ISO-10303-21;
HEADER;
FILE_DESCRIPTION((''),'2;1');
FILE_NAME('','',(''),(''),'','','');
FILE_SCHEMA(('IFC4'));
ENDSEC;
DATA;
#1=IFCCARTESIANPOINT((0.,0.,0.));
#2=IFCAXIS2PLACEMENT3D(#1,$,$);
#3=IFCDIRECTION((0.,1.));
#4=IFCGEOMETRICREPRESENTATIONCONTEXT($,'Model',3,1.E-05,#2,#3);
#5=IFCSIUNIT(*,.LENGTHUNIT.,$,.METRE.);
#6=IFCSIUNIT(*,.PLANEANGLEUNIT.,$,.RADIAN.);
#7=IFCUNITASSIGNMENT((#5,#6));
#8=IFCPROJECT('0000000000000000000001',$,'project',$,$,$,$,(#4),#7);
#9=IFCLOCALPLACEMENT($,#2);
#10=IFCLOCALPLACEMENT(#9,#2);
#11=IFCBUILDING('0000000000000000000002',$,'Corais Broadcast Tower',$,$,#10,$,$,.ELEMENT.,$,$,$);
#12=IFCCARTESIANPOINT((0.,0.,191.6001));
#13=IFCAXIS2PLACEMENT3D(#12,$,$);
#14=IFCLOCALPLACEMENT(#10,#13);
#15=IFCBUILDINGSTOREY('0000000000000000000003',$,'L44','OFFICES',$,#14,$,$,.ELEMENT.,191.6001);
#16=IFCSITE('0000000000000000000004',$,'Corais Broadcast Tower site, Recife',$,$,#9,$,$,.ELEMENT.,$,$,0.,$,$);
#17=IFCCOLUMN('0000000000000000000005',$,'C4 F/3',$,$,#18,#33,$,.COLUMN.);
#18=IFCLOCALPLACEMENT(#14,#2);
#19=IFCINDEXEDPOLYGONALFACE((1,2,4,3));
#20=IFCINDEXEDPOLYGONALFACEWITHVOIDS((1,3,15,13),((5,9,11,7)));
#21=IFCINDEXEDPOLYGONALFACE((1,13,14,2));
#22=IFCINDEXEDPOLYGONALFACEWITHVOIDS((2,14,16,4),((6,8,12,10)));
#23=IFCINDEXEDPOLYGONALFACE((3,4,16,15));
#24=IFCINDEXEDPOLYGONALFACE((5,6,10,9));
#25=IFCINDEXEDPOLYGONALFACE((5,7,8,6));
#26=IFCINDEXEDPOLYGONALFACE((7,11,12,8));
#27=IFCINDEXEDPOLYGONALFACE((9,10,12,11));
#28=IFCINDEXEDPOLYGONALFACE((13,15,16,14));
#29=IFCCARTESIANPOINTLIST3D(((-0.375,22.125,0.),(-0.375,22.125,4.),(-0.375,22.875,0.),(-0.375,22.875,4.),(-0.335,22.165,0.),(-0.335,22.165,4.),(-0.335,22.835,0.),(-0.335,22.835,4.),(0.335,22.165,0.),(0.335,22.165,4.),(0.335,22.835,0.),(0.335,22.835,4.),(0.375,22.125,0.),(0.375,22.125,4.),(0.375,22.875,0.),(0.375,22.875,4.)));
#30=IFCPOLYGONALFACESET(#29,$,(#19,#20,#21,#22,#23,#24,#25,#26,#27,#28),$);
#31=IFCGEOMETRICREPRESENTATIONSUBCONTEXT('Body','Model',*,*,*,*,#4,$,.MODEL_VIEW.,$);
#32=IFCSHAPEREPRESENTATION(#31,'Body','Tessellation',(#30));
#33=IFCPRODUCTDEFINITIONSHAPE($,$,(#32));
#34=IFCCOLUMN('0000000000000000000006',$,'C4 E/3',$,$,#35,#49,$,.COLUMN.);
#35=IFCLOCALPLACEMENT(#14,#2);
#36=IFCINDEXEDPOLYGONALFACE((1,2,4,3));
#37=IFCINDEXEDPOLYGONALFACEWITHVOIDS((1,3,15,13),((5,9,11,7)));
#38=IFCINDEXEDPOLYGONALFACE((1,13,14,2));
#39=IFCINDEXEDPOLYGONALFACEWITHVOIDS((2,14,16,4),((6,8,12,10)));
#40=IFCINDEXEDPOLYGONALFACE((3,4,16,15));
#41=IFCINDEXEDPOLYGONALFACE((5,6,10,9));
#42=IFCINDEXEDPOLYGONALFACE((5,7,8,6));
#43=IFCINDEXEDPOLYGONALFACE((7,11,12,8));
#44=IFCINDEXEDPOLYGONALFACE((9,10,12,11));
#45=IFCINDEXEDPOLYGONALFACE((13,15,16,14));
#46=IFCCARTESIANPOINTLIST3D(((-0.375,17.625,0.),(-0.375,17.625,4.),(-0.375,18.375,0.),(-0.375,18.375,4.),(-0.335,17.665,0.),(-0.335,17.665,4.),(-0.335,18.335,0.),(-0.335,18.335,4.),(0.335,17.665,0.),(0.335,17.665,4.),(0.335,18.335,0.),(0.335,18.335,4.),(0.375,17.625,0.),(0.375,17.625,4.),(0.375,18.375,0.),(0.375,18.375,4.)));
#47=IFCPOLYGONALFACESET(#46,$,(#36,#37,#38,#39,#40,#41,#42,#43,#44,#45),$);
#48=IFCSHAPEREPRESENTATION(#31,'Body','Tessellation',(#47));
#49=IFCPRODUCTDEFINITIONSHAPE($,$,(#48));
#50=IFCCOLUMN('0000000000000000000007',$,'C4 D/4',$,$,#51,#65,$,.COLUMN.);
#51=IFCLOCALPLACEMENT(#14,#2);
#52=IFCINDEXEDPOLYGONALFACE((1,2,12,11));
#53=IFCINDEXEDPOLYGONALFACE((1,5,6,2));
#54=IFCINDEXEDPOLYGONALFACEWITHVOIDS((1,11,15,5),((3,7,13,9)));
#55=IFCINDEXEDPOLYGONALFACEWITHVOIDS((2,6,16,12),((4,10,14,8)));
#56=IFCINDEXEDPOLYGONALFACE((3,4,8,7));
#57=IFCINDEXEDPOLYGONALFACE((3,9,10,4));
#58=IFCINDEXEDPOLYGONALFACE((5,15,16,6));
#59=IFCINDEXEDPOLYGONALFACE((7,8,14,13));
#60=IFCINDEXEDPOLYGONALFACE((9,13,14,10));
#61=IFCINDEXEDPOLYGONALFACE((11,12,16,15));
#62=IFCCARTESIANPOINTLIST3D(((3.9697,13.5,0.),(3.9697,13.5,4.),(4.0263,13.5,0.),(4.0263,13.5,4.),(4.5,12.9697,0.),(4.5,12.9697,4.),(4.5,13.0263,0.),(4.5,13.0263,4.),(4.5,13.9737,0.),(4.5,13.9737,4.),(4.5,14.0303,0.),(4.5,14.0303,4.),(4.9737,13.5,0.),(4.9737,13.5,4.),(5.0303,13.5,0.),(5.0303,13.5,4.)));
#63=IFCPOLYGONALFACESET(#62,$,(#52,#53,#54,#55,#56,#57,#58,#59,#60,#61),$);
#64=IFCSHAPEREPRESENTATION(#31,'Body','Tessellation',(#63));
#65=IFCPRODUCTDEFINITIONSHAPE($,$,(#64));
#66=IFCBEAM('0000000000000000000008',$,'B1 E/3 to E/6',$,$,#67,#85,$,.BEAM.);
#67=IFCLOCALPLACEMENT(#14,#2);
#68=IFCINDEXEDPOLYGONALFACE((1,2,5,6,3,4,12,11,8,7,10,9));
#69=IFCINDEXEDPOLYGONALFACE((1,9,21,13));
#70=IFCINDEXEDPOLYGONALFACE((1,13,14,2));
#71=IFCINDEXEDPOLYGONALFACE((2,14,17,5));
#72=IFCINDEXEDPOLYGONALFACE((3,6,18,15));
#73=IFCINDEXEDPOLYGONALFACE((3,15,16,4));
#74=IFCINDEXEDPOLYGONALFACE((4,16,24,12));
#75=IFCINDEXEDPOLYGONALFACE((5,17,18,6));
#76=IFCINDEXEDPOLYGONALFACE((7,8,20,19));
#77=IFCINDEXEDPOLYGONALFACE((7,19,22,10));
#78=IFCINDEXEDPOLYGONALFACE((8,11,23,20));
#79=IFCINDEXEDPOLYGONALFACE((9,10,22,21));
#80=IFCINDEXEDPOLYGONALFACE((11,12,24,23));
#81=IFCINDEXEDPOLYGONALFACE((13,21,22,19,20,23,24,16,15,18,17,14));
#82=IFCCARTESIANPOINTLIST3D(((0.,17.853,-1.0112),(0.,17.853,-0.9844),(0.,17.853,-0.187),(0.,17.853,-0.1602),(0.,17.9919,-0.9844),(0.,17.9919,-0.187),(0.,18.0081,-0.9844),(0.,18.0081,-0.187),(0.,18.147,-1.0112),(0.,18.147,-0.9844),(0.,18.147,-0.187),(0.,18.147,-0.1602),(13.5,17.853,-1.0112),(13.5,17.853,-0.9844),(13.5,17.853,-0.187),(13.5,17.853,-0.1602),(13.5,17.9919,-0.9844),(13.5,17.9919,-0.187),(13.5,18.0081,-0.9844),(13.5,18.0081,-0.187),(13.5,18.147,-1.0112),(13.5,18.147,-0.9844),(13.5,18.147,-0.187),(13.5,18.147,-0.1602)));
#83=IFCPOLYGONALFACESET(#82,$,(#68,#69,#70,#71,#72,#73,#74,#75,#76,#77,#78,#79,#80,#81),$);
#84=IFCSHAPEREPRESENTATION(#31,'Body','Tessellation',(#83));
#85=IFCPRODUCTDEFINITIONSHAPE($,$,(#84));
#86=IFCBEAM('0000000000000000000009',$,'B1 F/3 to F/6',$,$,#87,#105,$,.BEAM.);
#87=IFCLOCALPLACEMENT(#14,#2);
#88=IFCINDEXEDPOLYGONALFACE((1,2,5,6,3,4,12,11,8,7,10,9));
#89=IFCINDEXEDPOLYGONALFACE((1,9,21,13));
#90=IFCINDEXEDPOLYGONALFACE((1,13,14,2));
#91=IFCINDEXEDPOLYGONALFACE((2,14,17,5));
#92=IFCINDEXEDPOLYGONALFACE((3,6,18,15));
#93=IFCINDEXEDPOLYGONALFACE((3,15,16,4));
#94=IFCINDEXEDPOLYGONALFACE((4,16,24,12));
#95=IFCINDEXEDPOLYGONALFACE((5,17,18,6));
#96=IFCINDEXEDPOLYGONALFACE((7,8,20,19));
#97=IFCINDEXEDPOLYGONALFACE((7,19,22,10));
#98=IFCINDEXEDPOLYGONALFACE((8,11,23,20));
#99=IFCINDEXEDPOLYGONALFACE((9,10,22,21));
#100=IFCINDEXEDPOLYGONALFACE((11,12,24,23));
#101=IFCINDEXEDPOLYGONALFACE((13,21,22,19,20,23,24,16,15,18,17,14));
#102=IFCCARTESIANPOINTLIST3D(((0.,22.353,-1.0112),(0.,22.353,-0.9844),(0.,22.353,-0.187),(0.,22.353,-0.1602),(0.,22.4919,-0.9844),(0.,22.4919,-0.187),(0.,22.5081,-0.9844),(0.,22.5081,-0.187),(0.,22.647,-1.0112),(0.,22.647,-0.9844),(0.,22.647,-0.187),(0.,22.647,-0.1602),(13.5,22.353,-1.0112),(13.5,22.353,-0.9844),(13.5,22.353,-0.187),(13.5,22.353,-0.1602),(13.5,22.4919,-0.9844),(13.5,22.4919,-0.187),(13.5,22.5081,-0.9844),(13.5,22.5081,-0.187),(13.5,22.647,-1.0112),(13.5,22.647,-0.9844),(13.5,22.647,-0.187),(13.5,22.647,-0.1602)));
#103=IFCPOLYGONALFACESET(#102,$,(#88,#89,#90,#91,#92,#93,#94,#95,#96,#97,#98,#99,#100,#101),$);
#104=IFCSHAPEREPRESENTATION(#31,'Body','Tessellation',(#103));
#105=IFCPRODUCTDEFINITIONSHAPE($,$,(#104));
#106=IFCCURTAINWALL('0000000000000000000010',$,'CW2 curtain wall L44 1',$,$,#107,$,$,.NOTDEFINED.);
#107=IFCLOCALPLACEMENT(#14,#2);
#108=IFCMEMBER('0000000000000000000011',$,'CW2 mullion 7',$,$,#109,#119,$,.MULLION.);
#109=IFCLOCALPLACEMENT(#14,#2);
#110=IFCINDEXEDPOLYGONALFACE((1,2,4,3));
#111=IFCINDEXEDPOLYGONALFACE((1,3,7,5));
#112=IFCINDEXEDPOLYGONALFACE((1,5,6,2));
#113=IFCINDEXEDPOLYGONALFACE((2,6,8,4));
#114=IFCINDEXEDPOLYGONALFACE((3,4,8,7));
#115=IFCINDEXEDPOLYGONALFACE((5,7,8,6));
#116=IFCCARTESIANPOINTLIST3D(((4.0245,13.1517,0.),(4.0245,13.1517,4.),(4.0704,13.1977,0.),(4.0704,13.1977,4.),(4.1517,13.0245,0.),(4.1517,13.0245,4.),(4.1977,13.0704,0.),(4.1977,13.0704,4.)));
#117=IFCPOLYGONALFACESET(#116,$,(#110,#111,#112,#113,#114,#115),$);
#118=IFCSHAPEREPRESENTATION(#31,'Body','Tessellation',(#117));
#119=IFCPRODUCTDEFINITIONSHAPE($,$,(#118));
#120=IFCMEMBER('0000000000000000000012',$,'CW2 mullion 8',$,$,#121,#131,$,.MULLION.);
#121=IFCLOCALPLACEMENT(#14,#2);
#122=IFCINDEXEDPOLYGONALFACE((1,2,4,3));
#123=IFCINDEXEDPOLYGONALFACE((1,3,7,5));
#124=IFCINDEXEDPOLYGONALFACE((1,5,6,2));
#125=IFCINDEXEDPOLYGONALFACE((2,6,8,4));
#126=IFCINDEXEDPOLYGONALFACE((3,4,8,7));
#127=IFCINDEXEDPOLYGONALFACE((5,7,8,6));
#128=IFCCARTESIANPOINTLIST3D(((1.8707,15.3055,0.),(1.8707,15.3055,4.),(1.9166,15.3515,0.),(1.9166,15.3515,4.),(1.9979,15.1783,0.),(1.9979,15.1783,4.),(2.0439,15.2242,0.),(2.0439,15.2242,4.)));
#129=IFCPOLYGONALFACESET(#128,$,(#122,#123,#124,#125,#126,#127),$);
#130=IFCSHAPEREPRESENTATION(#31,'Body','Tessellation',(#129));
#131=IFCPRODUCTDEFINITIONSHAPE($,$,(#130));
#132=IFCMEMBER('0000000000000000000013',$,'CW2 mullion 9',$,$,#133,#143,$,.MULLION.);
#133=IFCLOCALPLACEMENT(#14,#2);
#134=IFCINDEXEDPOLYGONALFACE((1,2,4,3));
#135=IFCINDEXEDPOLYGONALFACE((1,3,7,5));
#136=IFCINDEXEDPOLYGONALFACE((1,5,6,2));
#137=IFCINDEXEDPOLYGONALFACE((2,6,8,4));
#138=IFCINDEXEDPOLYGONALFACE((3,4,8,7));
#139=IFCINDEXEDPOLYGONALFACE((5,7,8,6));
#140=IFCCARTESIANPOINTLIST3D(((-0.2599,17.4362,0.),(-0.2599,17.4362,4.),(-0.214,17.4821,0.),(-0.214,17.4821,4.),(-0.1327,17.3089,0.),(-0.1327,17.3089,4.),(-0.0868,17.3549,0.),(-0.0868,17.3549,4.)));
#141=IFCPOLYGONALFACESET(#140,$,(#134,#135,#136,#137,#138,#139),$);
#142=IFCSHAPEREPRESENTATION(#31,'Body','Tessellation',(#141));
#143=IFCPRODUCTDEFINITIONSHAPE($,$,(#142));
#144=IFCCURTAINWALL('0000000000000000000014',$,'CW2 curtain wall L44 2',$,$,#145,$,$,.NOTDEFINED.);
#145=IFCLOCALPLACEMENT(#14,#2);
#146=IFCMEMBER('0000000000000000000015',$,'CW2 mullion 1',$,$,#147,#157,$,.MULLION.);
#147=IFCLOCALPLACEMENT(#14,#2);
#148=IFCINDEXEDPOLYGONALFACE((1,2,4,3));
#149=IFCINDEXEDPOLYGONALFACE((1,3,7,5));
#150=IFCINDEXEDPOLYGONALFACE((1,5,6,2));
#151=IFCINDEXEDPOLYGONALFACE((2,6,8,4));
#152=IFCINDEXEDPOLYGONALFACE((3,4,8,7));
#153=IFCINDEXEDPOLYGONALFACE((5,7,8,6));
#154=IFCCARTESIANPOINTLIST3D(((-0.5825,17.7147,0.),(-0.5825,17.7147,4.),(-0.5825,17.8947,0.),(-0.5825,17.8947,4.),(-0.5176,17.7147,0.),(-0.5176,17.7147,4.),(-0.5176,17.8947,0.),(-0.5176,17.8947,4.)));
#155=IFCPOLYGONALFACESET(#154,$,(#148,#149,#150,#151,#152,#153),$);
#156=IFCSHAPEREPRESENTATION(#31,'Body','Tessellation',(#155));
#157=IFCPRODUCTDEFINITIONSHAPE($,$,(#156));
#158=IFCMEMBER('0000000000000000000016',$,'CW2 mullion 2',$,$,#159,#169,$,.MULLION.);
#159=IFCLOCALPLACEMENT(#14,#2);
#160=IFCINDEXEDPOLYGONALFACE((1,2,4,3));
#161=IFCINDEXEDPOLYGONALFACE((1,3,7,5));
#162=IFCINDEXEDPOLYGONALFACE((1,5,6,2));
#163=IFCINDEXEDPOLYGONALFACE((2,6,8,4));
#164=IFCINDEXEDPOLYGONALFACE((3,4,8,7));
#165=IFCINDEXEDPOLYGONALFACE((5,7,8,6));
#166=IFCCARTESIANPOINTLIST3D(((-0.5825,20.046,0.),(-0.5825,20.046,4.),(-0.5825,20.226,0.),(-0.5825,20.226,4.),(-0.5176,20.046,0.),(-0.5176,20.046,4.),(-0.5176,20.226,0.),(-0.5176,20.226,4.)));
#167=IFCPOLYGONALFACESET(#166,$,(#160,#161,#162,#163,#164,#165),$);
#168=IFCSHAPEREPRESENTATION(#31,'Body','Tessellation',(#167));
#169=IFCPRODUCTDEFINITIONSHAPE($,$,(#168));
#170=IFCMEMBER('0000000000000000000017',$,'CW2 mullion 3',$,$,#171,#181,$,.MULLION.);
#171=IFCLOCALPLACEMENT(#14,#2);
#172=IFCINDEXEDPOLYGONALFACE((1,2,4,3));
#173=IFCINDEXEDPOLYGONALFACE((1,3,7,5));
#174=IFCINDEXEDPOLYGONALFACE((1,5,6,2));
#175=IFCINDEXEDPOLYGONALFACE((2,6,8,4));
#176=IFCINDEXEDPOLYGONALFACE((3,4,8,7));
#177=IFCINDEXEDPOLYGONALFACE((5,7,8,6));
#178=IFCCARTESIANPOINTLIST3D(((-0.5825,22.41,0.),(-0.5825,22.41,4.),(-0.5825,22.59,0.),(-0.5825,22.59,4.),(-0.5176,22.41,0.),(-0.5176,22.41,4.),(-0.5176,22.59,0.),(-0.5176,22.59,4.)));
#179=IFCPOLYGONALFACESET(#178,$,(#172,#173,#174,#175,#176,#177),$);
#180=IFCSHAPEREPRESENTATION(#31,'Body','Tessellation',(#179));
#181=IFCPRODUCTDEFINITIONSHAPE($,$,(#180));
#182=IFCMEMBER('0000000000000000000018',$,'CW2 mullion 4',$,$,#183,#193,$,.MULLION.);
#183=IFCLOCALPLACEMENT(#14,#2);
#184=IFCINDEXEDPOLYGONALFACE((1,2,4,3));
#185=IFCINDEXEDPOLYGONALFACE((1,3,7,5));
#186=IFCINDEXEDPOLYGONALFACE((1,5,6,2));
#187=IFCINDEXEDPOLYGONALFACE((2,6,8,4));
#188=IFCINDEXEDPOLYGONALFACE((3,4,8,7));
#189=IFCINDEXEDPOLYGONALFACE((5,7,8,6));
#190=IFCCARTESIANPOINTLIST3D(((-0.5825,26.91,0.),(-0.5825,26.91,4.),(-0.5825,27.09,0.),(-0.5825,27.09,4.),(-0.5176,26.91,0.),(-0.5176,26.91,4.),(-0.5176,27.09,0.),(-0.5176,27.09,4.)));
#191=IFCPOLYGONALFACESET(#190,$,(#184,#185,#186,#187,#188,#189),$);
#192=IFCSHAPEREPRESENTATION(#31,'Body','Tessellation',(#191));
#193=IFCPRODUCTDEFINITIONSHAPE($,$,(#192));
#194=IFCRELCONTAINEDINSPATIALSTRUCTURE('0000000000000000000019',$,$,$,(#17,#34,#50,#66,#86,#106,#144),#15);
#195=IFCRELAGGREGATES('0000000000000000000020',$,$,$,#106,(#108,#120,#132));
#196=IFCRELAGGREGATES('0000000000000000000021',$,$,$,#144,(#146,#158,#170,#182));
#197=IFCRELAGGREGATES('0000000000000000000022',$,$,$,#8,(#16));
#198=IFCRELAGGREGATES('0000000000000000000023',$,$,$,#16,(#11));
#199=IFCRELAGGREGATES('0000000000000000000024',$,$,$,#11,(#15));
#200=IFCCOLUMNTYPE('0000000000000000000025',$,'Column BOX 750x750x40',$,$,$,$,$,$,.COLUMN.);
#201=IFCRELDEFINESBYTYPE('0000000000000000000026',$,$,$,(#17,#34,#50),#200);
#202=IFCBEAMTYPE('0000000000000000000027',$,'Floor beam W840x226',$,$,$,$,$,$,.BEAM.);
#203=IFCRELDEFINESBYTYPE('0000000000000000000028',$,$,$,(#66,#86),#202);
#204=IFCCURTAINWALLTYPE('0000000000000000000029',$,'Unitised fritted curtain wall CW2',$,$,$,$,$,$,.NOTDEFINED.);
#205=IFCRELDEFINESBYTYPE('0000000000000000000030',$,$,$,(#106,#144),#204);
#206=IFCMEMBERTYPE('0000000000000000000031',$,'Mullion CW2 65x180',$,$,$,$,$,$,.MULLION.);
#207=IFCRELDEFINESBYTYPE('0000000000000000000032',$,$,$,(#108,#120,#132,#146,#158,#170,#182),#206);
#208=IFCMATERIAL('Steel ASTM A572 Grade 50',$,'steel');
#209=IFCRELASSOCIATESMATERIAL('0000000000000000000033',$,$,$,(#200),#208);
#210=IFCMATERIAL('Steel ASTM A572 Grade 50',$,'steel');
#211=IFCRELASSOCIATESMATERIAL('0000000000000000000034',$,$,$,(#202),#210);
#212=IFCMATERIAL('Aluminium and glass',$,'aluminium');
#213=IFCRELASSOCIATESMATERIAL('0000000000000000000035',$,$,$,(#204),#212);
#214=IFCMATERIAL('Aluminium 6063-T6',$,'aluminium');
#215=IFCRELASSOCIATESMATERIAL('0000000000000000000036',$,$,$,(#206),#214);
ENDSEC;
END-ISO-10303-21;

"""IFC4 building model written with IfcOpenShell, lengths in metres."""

from ifc_helpers import new_model, si_unit, direction, frame, origin, origin_2d, place, context, subcontext, project, spatial, rectangle, hollow_rectangle, i_section, extrude, material, material_profile, profile_set, type_object, element, aggregate, save


model = new_model("IFC4")

# Units and contexts
model_context = context("Model", 3, precision=1e-05, world=origin(), true_north=direction((0.0, 1.0)))
body_context = subcontext(model_context, "Body", "Model", "MODEL_VIEW")
ifc_project = project(units=[si_unit("LENGTHUNIT", "METRE"), si_unit("PLANEANGLEUNIT", "RADIAN")], contexts=[model_context])

# Site, building, storey
site_placement = place(None, origin())
site = spatial("IfcSite", under=ifc_project, at=site_placement, Name="Corais Broadcast Tower site, Recife", CompositionType="ELEMENT", RefElevation=0.0)
building_placement = place(site_placement, origin())
building = spatial("IfcBuilding", under=site, at=building_placement, Name="Corais Broadcast Tower", CompositionType="ELEMENT")
storey_placement = place(building_placement, frame((0.0, 0.0, 191.6001)))
storey = spatial("IfcBuildingStorey", under=building, at=storey_placement, Name="L44", Description="OFFICES", CompositionType="ELEMENT", Elevation=191.6001)

# Columns
ifc_material_1 = material(Name="Steel ASTM A572 Grade 50", Category="steel")
ifc_material_profile_1 = material_profile(ifc_material_1, hollow_rectangle(XDim=0.75, YDim=0.75, WallThickness=0.04, at=origin_2d()), Name="BOX 750x750x40")
ifc_profile_set_1 = profile_set([ifc_material_profile_1], Name="Steel ASTM A572 Grade 50")
column_type = type_object("IfcColumnType", Name="Column BOX 750x750x40", PredefinedType="COLUMN", material=ifc_profile_set_1)
for number, where, z_axis, x_axis, name in (
    (1, (0.0, 22.5, 0.0), (0.0, 0.0, 1.0), (1.0, 0.0, 0.0), "C4 F/3"),
    (2, (0.0, 18.0, 0.0), (0.0, 0.0, 1.0), (1.0, 0.0, 0.0), "C4 E/3"),
    (3, (4.5, 13.5, 0.0), (0.0, 0.0, 1.0), (0.707107, 0.707107, 0.0), "C4 D/4"),
):
    element("IfcColumn", number, at=place(storey_placement, frame(where, z_axis=z_axis, x_axis=x_axis)), inside=storey, type_object=column_type, Name=name, PredefinedType="COLUMN", context=body_context, shape_type="SweptSolid", body=[
        extrude(hollow_rectangle(XDim=0.75, YDim=0.75, WallThickness=0.04, at=origin_2d()), origin(), (0.0, 0.0, 1.0), 4.0),
    ])

# Beams
ifc_material_2 = material(Name="Steel ASTM A572 Grade 50", Category="steel")
ifc_material_profile_2 = material_profile(ifc_material_2, i_section(OverallWidth=0.2939, OverallDepth=0.8511, WebThickness=0.0161, FlangeThickness=0.0269, at=origin_2d()), Name="W840x226")
ifc_profile_set_2 = profile_set([ifc_material_profile_2], Name="Steel ASTM A572 Grade 50")
beam_type_1 = type_object("IfcBeamType", Name="Floor beam W840x226", PredefinedType="BEAM", material=ifc_profile_set_2)
for number, where, z_axis, x_axis, name in (
    (4, (0.0, 18.0, -0.5857), (1.0, 0.0, 0.0), (0.0, 1.0, 0.0), "B1 E/3 to E/6"),
    (5, (0.0, 22.5, -0.5857), (1.0, 0.0, 0.0), (0.0, 1.0, 0.0), "B1 F/3 to F/6"),
):
    element("IfcBeam", number, at=place(storey_placement, frame(where, z_axis=z_axis, x_axis=x_axis)), inside=storey, type_object=beam_type_1, Name=name, PredefinedType="BEAM", context=body_context, shape_type="SweptSolid", body=[
        extrude(i_section(OverallWidth=0.2939, OverallDepth=0.8511, WebThickness=0.0161, FlangeThickness=0.0269, at=origin_2d()), origin(), (0.0, 0.0, 1.0), 13.5),
    ])

# Curtain walls, members
ifc_material_3 = material(Name="Aluminium and glass", Category="aluminium")
curtain_wall_type = type_object("IfcCurtainWallType", Name="Unitised fritted curtain wall CW2", PredefinedType="NOTDEFINED", material=ifc_material_3)
curtain_wall_1_placement = place(storey_placement, origin())
curtain_wall_1 = element("IfcCurtainWall", 6, at=curtain_wall_1_placement, inside=storey, type_object=curtain_wall_type, Name="CW2 curtain wall L44 1", PredefinedType="NOTDEFINED")
ifc_material_4 = material(Name="Aluminium 6063-T6", Category="aluminium")
ifc_material_profile_3 = material_profile(ifc_material_4, rectangle(XDim=0.0649, YDim=0.1799, at=origin_2d()), Name="Mullion CW2 65x180")
ifc_profile_set_3 = profile_set([ifc_material_profile_3], Name="Aluminium 6063-T6")
member_type_1 = type_object("IfcMemberType", Name="Mullion CW2 65x180", PredefinedType="MULLION", material=ifc_profile_set_3)
member_1_placement = place(storey_placement, frame((4.1111, 13.1111, 0.0), z_axis=(0.0, 0.0, 1.0), x_axis=(-0.707107, -0.707107, 0.0)))
member_1 = element("IfcMember", 7, at=member_1_placement, type_object=member_type_1, Name="CW2 mullion 7", PredefinedType="MULLION", context=body_context, shape_type="SweptSolid", body=[
    extrude(rectangle(XDim=0.0649, YDim=0.1799, at=origin_2d()), origin(), (0.0, 0.0, 1.0), 4.0),
])
member_2_placement = place(storey_placement, frame((1.9573, 15.2649, 0.0), z_axis=(0.0, 0.0, 1.0), x_axis=(-0.707107, -0.707107, 0.0)))
member_2 = element("IfcMember", 8, at=member_2_placement, type_object=member_type_1, Name="CW2 mullion 8", PredefinedType="MULLION", context=body_context, shape_type="SweptSolid", body=[
    extrude(rectangle(XDim=0.0649, YDim=0.1799, at=origin_2d()), origin(), (0.0, 0.0, 1.0), 4.0),
])
member_3_placement = place(storey_placement, frame((-0.1733, 17.3955, 0.0), z_axis=(0.0, 0.0, 1.0), x_axis=(-0.707107, -0.707107, 0.0)))
member_3 = element("IfcMember", 9, at=member_3_placement, type_object=member_type_1, Name="CW2 mullion 9", PredefinedType="MULLION", context=body_context, shape_type="SweptSolid", body=[
    extrude(rectangle(XDim=0.0649, YDim=0.1799, at=origin_2d()), origin(), (0.0, 0.0, 1.0), 4.0),
])
curtain_wall_2_placement = place(storey_placement, origin())
curtain_wall_2 = element("IfcCurtainWall", 10, at=curtain_wall_2_placement, inside=storey, type_object=curtain_wall_type, Name="CW2 curtain wall L44 2", PredefinedType="NOTDEFINED")
member_4_placement = place(storey_placement, frame((-0.55, 17.8047, 0.0), z_axis=(0.0, 0.0, 1.0), x_axis=(-1.0, 0.0, 0.0)))
member_4 = element("IfcMember", 11, at=member_4_placement, type_object=member_type_1, Name="CW2 mullion 1", PredefinedType="MULLION", context=body_context, shape_type="SweptSolid", body=[
    extrude(rectangle(XDim=0.0649, YDim=0.1799, at=origin_2d()), origin(), (0.0, 0.0, 1.0), 4.0),
])
member_5_placement = place(storey_placement, frame((-0.55, 20.136, 0.0), z_axis=(0.0, 0.0, 1.0), x_axis=(-1.0, 0.0, 0.0)))
member_5 = element("IfcMember", 12, at=member_5_placement, type_object=member_type_1, Name="CW2 mullion 2", PredefinedType="MULLION", context=body_context, shape_type="SweptSolid", body=[
    extrude(rectangle(XDim=0.0649, YDim=0.1799, at=origin_2d()), origin(), (0.0, 0.0, 1.0), 4.0),
])
member_6_placement = place(storey_placement, frame((-0.55, 22.5, 0.0), z_axis=(0.0, 0.0, 1.0), x_axis=(-1.0, 0.0, 0.0)))
member_6 = element("IfcMember", 13, at=member_6_placement, type_object=member_type_1, Name="CW2 mullion 3", PredefinedType="MULLION", context=body_context, shape_type="SweptSolid", body=[
    extrude(rectangle(XDim=0.0649, YDim=0.1799, at=origin_2d()), origin(), (0.0, 0.0, 1.0), 4.0),
])
member_7_placement = place(storey_placement, frame((-0.55, 27.0, 0.0), z_axis=(0.0, 0.0, 1.0), x_axis=(-1.0, 0.0, 0.0)))
member_7 = element("IfcMember", 14, at=member_7_placement, type_object=member_type_1, Name="CW2 mullion 4", PredefinedType="MULLION", context=body_context, shape_type="SweptSolid", body=[
    extrude(rectangle(XDim=0.0649, YDim=0.1799, at=origin_2d()), origin(), (0.0, 0.0, 1.0), 4.0),
])

aggregate(curtain_wall_1, [member_1, member_2, member_3])
aggregate(curtain_wall_2, [member_4, member_5, member_6, member_7])

save(model, "model.ifc")
